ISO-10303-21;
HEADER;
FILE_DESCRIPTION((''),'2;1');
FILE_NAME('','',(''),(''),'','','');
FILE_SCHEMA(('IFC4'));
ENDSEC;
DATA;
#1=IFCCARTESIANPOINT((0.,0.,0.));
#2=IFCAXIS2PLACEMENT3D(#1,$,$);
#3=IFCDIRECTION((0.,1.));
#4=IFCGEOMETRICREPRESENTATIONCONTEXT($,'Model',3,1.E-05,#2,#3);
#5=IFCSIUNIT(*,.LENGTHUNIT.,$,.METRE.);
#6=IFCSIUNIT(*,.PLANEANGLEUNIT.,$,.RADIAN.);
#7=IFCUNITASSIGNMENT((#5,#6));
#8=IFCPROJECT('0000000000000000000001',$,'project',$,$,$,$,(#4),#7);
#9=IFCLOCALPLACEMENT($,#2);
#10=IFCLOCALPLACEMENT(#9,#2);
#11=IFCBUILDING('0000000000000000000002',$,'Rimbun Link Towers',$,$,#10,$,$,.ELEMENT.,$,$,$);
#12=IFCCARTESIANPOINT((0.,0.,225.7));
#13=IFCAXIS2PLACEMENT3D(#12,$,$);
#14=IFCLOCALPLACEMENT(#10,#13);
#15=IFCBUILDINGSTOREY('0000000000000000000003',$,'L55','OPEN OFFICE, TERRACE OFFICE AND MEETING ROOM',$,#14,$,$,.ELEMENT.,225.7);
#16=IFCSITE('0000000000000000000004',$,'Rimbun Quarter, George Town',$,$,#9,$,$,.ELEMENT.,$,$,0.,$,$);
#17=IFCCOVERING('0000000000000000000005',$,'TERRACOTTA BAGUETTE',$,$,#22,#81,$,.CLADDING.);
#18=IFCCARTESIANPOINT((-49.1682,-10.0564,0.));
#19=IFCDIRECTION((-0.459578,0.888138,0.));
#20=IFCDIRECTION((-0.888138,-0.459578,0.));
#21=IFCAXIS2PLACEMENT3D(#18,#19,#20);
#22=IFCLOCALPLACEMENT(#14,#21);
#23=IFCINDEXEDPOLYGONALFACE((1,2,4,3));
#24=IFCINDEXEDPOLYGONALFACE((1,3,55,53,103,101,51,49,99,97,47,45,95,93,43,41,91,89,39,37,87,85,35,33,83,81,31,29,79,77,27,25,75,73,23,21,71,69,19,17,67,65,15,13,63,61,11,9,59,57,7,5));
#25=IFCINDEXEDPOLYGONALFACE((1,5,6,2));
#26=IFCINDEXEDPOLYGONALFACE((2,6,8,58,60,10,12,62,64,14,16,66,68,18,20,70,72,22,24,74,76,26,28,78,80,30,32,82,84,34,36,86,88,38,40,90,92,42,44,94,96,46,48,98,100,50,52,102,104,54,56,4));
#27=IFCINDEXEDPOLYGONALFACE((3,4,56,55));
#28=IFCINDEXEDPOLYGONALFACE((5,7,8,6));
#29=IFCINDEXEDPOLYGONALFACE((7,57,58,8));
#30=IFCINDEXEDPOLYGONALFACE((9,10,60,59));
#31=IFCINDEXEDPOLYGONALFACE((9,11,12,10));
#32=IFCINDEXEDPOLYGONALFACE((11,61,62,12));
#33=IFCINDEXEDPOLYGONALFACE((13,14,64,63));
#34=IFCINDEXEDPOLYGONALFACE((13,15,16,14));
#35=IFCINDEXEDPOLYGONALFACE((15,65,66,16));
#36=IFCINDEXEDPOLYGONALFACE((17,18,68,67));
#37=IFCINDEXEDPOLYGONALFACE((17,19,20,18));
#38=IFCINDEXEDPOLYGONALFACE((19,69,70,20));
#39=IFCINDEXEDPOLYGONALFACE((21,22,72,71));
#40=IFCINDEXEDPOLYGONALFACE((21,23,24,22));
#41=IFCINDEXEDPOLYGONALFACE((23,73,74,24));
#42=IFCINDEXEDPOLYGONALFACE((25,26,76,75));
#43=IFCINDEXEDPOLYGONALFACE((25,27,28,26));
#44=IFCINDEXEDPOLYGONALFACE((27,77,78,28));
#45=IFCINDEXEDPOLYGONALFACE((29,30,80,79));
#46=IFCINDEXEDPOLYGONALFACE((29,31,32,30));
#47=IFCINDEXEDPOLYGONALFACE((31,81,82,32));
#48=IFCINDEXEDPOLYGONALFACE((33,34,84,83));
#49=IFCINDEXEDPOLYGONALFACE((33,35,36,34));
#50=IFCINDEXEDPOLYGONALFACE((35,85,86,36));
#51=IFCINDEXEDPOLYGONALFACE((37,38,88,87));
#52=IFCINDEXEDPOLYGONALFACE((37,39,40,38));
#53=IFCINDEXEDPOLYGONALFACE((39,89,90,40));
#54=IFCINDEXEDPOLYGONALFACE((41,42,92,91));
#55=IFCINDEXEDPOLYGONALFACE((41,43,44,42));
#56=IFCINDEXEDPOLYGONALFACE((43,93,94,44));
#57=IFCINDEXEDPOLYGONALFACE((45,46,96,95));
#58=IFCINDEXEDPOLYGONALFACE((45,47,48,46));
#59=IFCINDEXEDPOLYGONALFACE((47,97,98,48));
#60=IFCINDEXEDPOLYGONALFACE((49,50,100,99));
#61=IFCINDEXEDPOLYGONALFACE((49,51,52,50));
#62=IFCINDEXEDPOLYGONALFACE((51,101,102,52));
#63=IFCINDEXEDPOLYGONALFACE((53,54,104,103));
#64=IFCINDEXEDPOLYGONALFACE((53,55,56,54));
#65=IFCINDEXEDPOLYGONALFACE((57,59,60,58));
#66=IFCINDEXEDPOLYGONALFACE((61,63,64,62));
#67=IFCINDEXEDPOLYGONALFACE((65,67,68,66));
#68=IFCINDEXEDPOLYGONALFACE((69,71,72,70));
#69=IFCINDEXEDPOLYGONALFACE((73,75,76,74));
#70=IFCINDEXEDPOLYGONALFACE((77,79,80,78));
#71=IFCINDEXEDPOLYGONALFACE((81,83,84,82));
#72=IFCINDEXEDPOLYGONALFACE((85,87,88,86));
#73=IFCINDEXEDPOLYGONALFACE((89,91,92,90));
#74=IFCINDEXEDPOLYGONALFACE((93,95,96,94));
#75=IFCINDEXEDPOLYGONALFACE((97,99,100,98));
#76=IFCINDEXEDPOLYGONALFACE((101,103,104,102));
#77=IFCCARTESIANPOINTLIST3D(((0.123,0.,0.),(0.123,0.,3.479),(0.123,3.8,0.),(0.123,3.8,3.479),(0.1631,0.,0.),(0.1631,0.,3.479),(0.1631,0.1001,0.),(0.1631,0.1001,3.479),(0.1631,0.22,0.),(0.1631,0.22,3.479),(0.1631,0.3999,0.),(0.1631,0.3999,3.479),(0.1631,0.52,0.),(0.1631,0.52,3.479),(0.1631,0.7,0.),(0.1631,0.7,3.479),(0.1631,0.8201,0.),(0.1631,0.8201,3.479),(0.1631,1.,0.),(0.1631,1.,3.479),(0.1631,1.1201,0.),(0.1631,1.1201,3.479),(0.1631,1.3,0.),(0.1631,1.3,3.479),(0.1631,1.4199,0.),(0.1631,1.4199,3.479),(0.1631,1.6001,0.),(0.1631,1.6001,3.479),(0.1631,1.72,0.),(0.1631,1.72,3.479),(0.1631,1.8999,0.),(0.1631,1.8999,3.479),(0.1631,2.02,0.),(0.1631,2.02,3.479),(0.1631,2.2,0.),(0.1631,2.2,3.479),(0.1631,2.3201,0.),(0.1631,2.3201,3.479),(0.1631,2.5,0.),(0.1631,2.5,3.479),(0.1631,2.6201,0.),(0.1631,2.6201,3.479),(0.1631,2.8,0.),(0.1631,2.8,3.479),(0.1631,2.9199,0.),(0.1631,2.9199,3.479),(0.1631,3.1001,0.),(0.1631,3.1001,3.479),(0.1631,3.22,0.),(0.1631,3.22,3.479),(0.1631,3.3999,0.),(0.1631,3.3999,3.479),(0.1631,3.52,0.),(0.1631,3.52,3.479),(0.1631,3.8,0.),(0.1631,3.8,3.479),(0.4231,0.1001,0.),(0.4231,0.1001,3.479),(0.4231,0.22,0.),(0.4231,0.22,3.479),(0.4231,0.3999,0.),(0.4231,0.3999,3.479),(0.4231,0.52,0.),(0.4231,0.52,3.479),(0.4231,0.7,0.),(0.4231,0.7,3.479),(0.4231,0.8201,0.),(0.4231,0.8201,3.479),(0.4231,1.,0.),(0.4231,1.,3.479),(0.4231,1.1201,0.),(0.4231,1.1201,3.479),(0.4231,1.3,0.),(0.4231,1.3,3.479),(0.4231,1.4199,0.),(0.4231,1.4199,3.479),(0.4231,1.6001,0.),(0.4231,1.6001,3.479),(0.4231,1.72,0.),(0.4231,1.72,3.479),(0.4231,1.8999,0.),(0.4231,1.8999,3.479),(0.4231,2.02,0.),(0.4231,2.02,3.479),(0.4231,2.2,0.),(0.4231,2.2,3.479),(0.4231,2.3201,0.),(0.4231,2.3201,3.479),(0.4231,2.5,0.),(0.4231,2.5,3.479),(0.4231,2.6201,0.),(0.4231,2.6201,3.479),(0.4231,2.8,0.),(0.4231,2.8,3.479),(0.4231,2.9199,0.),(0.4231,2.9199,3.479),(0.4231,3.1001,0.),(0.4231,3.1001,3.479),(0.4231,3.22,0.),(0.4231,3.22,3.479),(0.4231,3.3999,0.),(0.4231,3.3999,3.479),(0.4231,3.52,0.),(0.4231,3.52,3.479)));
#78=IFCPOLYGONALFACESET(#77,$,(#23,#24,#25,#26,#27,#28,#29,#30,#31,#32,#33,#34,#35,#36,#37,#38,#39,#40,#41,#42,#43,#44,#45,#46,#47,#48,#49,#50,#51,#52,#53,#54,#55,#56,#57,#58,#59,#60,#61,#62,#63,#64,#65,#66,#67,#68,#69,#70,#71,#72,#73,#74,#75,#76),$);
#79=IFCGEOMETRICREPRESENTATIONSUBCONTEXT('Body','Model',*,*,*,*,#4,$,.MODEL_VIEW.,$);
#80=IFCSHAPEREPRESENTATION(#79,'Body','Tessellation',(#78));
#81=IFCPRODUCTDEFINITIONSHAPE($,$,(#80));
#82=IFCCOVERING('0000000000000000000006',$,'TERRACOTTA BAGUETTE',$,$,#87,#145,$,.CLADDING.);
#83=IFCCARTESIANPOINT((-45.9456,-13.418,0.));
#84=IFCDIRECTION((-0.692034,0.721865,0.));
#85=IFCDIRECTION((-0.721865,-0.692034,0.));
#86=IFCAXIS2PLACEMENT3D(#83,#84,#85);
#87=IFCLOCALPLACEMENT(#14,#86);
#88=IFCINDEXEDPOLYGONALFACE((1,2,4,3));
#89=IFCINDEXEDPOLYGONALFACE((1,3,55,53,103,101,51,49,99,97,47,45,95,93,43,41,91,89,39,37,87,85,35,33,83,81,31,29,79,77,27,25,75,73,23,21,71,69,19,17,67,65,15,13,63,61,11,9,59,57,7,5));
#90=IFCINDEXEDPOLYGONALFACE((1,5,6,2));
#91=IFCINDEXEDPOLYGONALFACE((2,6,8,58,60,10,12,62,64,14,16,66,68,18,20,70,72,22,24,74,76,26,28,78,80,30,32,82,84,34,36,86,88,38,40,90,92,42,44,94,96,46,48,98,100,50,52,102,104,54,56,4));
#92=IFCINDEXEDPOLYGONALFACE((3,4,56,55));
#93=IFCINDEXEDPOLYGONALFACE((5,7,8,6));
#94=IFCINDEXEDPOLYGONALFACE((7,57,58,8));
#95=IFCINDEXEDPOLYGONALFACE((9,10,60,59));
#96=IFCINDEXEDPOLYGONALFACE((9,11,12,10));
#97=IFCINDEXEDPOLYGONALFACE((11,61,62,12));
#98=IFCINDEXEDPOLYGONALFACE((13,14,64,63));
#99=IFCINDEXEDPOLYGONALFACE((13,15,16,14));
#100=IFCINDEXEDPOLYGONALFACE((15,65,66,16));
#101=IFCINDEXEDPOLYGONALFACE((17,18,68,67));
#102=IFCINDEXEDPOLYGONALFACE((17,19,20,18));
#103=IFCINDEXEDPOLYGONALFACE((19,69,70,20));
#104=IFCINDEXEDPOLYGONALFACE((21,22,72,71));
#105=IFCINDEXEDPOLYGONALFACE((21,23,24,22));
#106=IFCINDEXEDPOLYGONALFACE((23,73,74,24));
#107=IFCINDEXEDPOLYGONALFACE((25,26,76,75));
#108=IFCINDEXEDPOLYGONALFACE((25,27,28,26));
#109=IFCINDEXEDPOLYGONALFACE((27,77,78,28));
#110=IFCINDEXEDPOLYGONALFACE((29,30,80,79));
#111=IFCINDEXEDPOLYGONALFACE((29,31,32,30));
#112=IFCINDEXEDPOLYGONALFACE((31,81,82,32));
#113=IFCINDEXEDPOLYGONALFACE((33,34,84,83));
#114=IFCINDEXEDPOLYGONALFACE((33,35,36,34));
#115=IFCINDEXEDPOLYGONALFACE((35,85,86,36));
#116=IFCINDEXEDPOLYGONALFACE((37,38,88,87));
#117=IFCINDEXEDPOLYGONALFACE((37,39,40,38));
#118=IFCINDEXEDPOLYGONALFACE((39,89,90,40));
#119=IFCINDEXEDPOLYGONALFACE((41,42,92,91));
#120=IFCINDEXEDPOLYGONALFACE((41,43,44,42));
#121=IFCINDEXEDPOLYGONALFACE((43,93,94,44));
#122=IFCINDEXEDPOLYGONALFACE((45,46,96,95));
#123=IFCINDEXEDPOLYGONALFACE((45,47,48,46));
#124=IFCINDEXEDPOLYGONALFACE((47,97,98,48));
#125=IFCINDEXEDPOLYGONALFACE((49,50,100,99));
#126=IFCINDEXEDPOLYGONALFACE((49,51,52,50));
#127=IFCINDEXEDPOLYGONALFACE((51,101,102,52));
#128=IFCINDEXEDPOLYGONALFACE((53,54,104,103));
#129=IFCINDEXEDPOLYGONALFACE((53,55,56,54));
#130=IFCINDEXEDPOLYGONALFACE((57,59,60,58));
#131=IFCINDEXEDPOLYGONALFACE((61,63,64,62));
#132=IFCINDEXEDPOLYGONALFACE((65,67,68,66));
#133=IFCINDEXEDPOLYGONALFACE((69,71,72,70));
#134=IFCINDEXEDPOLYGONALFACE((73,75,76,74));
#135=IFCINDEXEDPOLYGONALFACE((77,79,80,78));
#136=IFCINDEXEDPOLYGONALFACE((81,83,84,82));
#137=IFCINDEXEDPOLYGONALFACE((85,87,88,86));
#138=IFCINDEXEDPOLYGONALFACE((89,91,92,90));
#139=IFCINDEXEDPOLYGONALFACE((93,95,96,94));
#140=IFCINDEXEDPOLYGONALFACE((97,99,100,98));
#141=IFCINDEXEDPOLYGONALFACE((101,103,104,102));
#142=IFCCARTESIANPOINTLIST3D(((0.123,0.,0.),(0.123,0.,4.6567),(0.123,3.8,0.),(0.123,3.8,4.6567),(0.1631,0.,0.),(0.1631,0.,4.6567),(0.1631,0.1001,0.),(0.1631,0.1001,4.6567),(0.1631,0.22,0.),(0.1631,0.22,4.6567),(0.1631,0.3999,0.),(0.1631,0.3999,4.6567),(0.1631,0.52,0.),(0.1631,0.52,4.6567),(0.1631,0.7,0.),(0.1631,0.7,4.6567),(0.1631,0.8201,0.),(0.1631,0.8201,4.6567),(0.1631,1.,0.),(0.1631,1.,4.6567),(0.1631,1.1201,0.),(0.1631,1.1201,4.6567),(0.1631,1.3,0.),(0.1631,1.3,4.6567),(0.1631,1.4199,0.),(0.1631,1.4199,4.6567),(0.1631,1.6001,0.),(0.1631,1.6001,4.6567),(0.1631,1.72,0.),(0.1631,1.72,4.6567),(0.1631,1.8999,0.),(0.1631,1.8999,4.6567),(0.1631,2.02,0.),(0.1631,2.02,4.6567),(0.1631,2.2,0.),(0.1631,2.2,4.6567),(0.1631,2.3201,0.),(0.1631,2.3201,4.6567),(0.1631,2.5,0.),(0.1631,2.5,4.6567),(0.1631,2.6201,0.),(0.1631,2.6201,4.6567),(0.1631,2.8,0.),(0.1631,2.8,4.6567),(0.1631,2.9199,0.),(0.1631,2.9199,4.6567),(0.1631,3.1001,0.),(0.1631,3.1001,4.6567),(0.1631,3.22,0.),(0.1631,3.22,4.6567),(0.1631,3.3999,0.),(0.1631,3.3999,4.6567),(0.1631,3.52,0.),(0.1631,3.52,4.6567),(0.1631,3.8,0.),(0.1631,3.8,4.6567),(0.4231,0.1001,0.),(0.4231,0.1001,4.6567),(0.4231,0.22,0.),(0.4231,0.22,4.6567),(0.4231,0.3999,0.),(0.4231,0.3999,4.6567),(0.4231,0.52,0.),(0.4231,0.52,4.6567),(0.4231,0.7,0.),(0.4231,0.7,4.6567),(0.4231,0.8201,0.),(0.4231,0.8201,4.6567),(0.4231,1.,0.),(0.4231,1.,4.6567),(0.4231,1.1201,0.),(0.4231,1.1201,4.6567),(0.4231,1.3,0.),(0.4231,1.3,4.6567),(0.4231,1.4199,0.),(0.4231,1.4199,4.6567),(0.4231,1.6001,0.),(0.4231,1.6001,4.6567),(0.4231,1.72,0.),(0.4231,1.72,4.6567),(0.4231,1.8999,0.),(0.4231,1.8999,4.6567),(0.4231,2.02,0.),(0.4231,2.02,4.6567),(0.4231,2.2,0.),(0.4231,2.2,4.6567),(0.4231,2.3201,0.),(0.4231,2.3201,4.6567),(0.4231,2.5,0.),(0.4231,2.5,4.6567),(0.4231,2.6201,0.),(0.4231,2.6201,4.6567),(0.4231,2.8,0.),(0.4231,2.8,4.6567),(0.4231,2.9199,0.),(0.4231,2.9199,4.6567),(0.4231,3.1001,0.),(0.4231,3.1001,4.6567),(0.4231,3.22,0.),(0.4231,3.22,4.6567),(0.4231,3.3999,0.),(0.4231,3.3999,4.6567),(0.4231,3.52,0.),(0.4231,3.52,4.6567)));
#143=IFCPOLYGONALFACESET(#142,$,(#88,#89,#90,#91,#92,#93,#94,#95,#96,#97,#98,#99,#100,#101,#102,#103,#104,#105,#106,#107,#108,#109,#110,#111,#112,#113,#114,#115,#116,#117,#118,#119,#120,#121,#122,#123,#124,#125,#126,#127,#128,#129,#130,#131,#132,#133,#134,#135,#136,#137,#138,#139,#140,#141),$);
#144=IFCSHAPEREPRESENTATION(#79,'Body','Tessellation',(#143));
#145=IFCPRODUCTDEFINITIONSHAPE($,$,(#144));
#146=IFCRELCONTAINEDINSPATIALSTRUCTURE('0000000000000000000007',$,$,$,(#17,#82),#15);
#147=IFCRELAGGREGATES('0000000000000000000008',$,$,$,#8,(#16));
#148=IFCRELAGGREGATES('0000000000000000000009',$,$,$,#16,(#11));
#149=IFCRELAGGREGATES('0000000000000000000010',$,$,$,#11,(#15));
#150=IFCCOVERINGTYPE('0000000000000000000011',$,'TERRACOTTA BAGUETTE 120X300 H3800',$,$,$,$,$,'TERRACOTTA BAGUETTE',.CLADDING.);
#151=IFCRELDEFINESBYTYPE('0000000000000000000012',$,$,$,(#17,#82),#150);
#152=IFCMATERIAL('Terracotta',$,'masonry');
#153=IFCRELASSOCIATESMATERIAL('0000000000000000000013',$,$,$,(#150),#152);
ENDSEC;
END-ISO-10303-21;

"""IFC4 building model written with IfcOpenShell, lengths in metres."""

from ifc_helpers import new_model, si_unit, direction, frame, origin, place, context, subcontext, project, spatial, polyline, outline, extrude, material, material_profile, profile_set, type_object, element, save


model = new_model("IFC4")

# Units and contexts
model_context = context("Model", 3, precision=1e-05, world=origin(), true_north=direction((0.0, 1.0)))
body_context = subcontext(model_context, "Body", "Model", "MODEL_VIEW")
ifc_project = project(units=[si_unit("LENGTHUNIT", "METRE"), si_unit("PLANEANGLEUNIT", "RADIAN")], contexts=[model_context])

# Site, building, storey
site_placement = place(None, origin())
site = spatial("IfcSite", under=ifc_project, at=site_placement, Name="Rimbun Quarter, George Town", CompositionType="ELEMENT", RefElevation=0.0)
building_placement = place(site_placement, origin())
building = spatial("IfcBuilding", under=site, at=building_placement, Name="Rimbun Link Towers", CompositionType="ELEMENT")
storey_placement = place(building_placement, frame((0.0, 0.0, 225.7)))
storey = spatial("IfcBuildingStorey", under=building, at=storey_placement, Name="L55", Description="OPEN OFFICE, TERRACE OFFICE AND MEETING ROOM", CompositionType="ELEMENT", Elevation=225.7)

# Coverings
ifc_material_1 = material(Name="Terracotta", Category="masonry")
ifc_material_profile_1 = material_profile(ifc_material_1, outline(polyline([(0.123, 0.0), (0.1631, 0.0), (0.1631, 0.1001), (0.4231, 0.1001), (0.4231, 0.22), (0.1631, 0.22), (0.1631, 0.3999), (0.4231, 0.3999), (0.4231, 0.52), (0.1631, 0.52), (0.1631, 0.7), (0.4231, 0.7), (0.4231, 0.8201), (0.1631, 0.8201), (0.1631, 1.0), (0.4231, 1.0), (0.4231, 1.1201), (0.1631, 1.1201), (0.1631, 1.3), (0.4231, 1.3), (0.4231, 1.4199), (0.1631, 1.4199), (0.1631, 1.6001), (0.4231, 1.6001), (0.4231, 1.72), (0.1631, 1.72), (0.1631, 1.8999), (0.4231, 1.8999), (0.4231, 2.02), (0.1631, 2.02), (0.1631, 2.2), (0.4231, 2.2), (0.4231, 2.3201), (0.1631, 2.3201), (0.1631, 2.5), (0.4231, 2.5), (0.4231, 2.6201), (0.1631, 2.6201), (0.1631, 2.8), (0.4231, 2.8), (0.4231, 2.9199), (0.1631, 2.9199), (0.1631, 3.1001), (0.4231, 3.1001), (0.4231, 3.22), (0.1631, 3.22), (0.1631, 3.3999), (0.4231, 3.3999), (0.4231, 3.52), (0.1631, 3.52), (0.1631, 3.8), (0.123, 3.8), (0.123, 0.0)])), Name="BAGUETTE 120X300")
ifc_profile_set_1 = profile_set([ifc_material_profile_1], Name="Terracotta")
covering_type = type_object("IfcCoveringType", Name="TERRACOTTA BAGUETTE 120X300 H3800", ElementType="TERRACOTTA BAGUETTE", PredefinedType="CLADDING", material=ifc_profile_set_1)
covering_1_placement = place(storey_placement, frame((-49.1682, -10.0564, 0.0), z_axis=(-0.459578, 0.888138, 0.0), x_axis=(-0.888138, -0.459578, 0.0)))
element("IfcCovering", 1, at=covering_1_placement, inside=storey, type_object=covering_type, Name="TERRACOTTA BAGUETTE", PredefinedType="CLADDING", context=body_context, shape_type="SweptSolid", body=[
    extrude(outline(polyline([(0.123, 0.0), (0.1631, 0.0), (0.1631, 0.1001), (0.4231, 0.1001), (0.4231, 0.22), (0.1631, 0.22), (0.1631, 0.3999), (0.4231, 0.3999), (0.4231, 0.52), (0.1631, 0.52), (0.1631, 0.7), (0.4231, 0.7), (0.4231, 0.8201), (0.1631, 0.8201), (0.1631, 1.0), (0.4231, 1.0), (0.4231, 1.1201), (0.1631, 1.1201), (0.1631, 1.3), (0.4231, 1.3), (0.4231, 1.4199), (0.1631, 1.4199), (0.1631, 1.6001), (0.4231, 1.6001), (0.4231, 1.72), (0.1631, 1.72), (0.1631, 1.8999), (0.4231, 1.8999), (0.4231, 2.02), (0.1631, 2.02), (0.1631, 2.2), (0.4231, 2.2), (0.4231, 2.3201), (0.1631, 2.3201), (0.1631, 2.5), (0.4231, 2.5), (0.4231, 2.6201), (0.1631, 2.6201), (0.1631, 2.8), (0.4231, 2.8), (0.4231, 2.9199), (0.1631, 2.9199), (0.1631, 3.1001), (0.4231, 3.1001), (0.4231, 3.22), (0.1631, 3.22), (0.1631, 3.3999), (0.4231, 3.3999), (0.4231, 3.52), (0.1631, 3.52), (0.1631, 3.8), (0.123, 3.8), (0.123, 0.0)])), origin(), (0.0, 0.0, 1.0), 3.479),
])
covering_2_placement = place(storey_placement, frame((-45.9456, -13.418, 0.0), z_axis=(-0.692034, 0.721865, 0.0), x_axis=(-0.721865, -0.692034, 0.0)))
element("IfcCovering", 2, at=covering_2_placement, inside=storey, type_object=covering_type, Name="TERRACOTTA BAGUETTE", PredefinedType="CLADDING", context=body_context, shape_type="SweptSolid", body=[
    extrude(outline(polyline([(0.123, 0.0), (0.1631, 0.0), (0.1631, 0.1001), (0.4231, 0.1001), (0.4231, 0.22), (0.1631, 0.22), (0.1631, 0.3999), (0.4231, 0.3999), (0.4231, 0.52), (0.1631, 0.52), (0.1631, 0.7), (0.4231, 0.7), (0.4231, 0.8201), (0.1631, 0.8201), (0.1631, 1.0), (0.4231, 1.0), (0.4231, 1.1201), (0.1631, 1.1201), (0.1631, 1.3), (0.4231, 1.3), (0.4231, 1.4199), (0.1631, 1.4199), (0.1631, 1.6001), (0.4231, 1.6001), (0.4231, 1.72), (0.1631, 1.72), (0.1631, 1.8999), (0.4231, 1.8999), (0.4231, 2.02), (0.1631, 2.02), (0.1631, 2.2), (0.4231, 2.2), (0.4231, 2.3201), (0.1631, 2.3201), (0.1631, 2.5), (0.4231, 2.5), (0.4231, 2.6201), (0.1631, 2.6201), (0.1631, 2.8), (0.4231, 2.8), (0.4231, 2.9199), (0.1631, 2.9199), (0.1631, 3.1001), (0.4231, 3.1001), (0.4231, 3.22), (0.1631, 3.22), (0.1631, 3.3999), (0.4231, 3.3999), (0.4231, 3.52), (0.1631, 3.52), (0.1631, 3.8), (0.123, 3.8), (0.123, 0.0)])), origin(), (0.0, 0.0, 1.0), 4.6567),
])

save(model, "model.ifc")
